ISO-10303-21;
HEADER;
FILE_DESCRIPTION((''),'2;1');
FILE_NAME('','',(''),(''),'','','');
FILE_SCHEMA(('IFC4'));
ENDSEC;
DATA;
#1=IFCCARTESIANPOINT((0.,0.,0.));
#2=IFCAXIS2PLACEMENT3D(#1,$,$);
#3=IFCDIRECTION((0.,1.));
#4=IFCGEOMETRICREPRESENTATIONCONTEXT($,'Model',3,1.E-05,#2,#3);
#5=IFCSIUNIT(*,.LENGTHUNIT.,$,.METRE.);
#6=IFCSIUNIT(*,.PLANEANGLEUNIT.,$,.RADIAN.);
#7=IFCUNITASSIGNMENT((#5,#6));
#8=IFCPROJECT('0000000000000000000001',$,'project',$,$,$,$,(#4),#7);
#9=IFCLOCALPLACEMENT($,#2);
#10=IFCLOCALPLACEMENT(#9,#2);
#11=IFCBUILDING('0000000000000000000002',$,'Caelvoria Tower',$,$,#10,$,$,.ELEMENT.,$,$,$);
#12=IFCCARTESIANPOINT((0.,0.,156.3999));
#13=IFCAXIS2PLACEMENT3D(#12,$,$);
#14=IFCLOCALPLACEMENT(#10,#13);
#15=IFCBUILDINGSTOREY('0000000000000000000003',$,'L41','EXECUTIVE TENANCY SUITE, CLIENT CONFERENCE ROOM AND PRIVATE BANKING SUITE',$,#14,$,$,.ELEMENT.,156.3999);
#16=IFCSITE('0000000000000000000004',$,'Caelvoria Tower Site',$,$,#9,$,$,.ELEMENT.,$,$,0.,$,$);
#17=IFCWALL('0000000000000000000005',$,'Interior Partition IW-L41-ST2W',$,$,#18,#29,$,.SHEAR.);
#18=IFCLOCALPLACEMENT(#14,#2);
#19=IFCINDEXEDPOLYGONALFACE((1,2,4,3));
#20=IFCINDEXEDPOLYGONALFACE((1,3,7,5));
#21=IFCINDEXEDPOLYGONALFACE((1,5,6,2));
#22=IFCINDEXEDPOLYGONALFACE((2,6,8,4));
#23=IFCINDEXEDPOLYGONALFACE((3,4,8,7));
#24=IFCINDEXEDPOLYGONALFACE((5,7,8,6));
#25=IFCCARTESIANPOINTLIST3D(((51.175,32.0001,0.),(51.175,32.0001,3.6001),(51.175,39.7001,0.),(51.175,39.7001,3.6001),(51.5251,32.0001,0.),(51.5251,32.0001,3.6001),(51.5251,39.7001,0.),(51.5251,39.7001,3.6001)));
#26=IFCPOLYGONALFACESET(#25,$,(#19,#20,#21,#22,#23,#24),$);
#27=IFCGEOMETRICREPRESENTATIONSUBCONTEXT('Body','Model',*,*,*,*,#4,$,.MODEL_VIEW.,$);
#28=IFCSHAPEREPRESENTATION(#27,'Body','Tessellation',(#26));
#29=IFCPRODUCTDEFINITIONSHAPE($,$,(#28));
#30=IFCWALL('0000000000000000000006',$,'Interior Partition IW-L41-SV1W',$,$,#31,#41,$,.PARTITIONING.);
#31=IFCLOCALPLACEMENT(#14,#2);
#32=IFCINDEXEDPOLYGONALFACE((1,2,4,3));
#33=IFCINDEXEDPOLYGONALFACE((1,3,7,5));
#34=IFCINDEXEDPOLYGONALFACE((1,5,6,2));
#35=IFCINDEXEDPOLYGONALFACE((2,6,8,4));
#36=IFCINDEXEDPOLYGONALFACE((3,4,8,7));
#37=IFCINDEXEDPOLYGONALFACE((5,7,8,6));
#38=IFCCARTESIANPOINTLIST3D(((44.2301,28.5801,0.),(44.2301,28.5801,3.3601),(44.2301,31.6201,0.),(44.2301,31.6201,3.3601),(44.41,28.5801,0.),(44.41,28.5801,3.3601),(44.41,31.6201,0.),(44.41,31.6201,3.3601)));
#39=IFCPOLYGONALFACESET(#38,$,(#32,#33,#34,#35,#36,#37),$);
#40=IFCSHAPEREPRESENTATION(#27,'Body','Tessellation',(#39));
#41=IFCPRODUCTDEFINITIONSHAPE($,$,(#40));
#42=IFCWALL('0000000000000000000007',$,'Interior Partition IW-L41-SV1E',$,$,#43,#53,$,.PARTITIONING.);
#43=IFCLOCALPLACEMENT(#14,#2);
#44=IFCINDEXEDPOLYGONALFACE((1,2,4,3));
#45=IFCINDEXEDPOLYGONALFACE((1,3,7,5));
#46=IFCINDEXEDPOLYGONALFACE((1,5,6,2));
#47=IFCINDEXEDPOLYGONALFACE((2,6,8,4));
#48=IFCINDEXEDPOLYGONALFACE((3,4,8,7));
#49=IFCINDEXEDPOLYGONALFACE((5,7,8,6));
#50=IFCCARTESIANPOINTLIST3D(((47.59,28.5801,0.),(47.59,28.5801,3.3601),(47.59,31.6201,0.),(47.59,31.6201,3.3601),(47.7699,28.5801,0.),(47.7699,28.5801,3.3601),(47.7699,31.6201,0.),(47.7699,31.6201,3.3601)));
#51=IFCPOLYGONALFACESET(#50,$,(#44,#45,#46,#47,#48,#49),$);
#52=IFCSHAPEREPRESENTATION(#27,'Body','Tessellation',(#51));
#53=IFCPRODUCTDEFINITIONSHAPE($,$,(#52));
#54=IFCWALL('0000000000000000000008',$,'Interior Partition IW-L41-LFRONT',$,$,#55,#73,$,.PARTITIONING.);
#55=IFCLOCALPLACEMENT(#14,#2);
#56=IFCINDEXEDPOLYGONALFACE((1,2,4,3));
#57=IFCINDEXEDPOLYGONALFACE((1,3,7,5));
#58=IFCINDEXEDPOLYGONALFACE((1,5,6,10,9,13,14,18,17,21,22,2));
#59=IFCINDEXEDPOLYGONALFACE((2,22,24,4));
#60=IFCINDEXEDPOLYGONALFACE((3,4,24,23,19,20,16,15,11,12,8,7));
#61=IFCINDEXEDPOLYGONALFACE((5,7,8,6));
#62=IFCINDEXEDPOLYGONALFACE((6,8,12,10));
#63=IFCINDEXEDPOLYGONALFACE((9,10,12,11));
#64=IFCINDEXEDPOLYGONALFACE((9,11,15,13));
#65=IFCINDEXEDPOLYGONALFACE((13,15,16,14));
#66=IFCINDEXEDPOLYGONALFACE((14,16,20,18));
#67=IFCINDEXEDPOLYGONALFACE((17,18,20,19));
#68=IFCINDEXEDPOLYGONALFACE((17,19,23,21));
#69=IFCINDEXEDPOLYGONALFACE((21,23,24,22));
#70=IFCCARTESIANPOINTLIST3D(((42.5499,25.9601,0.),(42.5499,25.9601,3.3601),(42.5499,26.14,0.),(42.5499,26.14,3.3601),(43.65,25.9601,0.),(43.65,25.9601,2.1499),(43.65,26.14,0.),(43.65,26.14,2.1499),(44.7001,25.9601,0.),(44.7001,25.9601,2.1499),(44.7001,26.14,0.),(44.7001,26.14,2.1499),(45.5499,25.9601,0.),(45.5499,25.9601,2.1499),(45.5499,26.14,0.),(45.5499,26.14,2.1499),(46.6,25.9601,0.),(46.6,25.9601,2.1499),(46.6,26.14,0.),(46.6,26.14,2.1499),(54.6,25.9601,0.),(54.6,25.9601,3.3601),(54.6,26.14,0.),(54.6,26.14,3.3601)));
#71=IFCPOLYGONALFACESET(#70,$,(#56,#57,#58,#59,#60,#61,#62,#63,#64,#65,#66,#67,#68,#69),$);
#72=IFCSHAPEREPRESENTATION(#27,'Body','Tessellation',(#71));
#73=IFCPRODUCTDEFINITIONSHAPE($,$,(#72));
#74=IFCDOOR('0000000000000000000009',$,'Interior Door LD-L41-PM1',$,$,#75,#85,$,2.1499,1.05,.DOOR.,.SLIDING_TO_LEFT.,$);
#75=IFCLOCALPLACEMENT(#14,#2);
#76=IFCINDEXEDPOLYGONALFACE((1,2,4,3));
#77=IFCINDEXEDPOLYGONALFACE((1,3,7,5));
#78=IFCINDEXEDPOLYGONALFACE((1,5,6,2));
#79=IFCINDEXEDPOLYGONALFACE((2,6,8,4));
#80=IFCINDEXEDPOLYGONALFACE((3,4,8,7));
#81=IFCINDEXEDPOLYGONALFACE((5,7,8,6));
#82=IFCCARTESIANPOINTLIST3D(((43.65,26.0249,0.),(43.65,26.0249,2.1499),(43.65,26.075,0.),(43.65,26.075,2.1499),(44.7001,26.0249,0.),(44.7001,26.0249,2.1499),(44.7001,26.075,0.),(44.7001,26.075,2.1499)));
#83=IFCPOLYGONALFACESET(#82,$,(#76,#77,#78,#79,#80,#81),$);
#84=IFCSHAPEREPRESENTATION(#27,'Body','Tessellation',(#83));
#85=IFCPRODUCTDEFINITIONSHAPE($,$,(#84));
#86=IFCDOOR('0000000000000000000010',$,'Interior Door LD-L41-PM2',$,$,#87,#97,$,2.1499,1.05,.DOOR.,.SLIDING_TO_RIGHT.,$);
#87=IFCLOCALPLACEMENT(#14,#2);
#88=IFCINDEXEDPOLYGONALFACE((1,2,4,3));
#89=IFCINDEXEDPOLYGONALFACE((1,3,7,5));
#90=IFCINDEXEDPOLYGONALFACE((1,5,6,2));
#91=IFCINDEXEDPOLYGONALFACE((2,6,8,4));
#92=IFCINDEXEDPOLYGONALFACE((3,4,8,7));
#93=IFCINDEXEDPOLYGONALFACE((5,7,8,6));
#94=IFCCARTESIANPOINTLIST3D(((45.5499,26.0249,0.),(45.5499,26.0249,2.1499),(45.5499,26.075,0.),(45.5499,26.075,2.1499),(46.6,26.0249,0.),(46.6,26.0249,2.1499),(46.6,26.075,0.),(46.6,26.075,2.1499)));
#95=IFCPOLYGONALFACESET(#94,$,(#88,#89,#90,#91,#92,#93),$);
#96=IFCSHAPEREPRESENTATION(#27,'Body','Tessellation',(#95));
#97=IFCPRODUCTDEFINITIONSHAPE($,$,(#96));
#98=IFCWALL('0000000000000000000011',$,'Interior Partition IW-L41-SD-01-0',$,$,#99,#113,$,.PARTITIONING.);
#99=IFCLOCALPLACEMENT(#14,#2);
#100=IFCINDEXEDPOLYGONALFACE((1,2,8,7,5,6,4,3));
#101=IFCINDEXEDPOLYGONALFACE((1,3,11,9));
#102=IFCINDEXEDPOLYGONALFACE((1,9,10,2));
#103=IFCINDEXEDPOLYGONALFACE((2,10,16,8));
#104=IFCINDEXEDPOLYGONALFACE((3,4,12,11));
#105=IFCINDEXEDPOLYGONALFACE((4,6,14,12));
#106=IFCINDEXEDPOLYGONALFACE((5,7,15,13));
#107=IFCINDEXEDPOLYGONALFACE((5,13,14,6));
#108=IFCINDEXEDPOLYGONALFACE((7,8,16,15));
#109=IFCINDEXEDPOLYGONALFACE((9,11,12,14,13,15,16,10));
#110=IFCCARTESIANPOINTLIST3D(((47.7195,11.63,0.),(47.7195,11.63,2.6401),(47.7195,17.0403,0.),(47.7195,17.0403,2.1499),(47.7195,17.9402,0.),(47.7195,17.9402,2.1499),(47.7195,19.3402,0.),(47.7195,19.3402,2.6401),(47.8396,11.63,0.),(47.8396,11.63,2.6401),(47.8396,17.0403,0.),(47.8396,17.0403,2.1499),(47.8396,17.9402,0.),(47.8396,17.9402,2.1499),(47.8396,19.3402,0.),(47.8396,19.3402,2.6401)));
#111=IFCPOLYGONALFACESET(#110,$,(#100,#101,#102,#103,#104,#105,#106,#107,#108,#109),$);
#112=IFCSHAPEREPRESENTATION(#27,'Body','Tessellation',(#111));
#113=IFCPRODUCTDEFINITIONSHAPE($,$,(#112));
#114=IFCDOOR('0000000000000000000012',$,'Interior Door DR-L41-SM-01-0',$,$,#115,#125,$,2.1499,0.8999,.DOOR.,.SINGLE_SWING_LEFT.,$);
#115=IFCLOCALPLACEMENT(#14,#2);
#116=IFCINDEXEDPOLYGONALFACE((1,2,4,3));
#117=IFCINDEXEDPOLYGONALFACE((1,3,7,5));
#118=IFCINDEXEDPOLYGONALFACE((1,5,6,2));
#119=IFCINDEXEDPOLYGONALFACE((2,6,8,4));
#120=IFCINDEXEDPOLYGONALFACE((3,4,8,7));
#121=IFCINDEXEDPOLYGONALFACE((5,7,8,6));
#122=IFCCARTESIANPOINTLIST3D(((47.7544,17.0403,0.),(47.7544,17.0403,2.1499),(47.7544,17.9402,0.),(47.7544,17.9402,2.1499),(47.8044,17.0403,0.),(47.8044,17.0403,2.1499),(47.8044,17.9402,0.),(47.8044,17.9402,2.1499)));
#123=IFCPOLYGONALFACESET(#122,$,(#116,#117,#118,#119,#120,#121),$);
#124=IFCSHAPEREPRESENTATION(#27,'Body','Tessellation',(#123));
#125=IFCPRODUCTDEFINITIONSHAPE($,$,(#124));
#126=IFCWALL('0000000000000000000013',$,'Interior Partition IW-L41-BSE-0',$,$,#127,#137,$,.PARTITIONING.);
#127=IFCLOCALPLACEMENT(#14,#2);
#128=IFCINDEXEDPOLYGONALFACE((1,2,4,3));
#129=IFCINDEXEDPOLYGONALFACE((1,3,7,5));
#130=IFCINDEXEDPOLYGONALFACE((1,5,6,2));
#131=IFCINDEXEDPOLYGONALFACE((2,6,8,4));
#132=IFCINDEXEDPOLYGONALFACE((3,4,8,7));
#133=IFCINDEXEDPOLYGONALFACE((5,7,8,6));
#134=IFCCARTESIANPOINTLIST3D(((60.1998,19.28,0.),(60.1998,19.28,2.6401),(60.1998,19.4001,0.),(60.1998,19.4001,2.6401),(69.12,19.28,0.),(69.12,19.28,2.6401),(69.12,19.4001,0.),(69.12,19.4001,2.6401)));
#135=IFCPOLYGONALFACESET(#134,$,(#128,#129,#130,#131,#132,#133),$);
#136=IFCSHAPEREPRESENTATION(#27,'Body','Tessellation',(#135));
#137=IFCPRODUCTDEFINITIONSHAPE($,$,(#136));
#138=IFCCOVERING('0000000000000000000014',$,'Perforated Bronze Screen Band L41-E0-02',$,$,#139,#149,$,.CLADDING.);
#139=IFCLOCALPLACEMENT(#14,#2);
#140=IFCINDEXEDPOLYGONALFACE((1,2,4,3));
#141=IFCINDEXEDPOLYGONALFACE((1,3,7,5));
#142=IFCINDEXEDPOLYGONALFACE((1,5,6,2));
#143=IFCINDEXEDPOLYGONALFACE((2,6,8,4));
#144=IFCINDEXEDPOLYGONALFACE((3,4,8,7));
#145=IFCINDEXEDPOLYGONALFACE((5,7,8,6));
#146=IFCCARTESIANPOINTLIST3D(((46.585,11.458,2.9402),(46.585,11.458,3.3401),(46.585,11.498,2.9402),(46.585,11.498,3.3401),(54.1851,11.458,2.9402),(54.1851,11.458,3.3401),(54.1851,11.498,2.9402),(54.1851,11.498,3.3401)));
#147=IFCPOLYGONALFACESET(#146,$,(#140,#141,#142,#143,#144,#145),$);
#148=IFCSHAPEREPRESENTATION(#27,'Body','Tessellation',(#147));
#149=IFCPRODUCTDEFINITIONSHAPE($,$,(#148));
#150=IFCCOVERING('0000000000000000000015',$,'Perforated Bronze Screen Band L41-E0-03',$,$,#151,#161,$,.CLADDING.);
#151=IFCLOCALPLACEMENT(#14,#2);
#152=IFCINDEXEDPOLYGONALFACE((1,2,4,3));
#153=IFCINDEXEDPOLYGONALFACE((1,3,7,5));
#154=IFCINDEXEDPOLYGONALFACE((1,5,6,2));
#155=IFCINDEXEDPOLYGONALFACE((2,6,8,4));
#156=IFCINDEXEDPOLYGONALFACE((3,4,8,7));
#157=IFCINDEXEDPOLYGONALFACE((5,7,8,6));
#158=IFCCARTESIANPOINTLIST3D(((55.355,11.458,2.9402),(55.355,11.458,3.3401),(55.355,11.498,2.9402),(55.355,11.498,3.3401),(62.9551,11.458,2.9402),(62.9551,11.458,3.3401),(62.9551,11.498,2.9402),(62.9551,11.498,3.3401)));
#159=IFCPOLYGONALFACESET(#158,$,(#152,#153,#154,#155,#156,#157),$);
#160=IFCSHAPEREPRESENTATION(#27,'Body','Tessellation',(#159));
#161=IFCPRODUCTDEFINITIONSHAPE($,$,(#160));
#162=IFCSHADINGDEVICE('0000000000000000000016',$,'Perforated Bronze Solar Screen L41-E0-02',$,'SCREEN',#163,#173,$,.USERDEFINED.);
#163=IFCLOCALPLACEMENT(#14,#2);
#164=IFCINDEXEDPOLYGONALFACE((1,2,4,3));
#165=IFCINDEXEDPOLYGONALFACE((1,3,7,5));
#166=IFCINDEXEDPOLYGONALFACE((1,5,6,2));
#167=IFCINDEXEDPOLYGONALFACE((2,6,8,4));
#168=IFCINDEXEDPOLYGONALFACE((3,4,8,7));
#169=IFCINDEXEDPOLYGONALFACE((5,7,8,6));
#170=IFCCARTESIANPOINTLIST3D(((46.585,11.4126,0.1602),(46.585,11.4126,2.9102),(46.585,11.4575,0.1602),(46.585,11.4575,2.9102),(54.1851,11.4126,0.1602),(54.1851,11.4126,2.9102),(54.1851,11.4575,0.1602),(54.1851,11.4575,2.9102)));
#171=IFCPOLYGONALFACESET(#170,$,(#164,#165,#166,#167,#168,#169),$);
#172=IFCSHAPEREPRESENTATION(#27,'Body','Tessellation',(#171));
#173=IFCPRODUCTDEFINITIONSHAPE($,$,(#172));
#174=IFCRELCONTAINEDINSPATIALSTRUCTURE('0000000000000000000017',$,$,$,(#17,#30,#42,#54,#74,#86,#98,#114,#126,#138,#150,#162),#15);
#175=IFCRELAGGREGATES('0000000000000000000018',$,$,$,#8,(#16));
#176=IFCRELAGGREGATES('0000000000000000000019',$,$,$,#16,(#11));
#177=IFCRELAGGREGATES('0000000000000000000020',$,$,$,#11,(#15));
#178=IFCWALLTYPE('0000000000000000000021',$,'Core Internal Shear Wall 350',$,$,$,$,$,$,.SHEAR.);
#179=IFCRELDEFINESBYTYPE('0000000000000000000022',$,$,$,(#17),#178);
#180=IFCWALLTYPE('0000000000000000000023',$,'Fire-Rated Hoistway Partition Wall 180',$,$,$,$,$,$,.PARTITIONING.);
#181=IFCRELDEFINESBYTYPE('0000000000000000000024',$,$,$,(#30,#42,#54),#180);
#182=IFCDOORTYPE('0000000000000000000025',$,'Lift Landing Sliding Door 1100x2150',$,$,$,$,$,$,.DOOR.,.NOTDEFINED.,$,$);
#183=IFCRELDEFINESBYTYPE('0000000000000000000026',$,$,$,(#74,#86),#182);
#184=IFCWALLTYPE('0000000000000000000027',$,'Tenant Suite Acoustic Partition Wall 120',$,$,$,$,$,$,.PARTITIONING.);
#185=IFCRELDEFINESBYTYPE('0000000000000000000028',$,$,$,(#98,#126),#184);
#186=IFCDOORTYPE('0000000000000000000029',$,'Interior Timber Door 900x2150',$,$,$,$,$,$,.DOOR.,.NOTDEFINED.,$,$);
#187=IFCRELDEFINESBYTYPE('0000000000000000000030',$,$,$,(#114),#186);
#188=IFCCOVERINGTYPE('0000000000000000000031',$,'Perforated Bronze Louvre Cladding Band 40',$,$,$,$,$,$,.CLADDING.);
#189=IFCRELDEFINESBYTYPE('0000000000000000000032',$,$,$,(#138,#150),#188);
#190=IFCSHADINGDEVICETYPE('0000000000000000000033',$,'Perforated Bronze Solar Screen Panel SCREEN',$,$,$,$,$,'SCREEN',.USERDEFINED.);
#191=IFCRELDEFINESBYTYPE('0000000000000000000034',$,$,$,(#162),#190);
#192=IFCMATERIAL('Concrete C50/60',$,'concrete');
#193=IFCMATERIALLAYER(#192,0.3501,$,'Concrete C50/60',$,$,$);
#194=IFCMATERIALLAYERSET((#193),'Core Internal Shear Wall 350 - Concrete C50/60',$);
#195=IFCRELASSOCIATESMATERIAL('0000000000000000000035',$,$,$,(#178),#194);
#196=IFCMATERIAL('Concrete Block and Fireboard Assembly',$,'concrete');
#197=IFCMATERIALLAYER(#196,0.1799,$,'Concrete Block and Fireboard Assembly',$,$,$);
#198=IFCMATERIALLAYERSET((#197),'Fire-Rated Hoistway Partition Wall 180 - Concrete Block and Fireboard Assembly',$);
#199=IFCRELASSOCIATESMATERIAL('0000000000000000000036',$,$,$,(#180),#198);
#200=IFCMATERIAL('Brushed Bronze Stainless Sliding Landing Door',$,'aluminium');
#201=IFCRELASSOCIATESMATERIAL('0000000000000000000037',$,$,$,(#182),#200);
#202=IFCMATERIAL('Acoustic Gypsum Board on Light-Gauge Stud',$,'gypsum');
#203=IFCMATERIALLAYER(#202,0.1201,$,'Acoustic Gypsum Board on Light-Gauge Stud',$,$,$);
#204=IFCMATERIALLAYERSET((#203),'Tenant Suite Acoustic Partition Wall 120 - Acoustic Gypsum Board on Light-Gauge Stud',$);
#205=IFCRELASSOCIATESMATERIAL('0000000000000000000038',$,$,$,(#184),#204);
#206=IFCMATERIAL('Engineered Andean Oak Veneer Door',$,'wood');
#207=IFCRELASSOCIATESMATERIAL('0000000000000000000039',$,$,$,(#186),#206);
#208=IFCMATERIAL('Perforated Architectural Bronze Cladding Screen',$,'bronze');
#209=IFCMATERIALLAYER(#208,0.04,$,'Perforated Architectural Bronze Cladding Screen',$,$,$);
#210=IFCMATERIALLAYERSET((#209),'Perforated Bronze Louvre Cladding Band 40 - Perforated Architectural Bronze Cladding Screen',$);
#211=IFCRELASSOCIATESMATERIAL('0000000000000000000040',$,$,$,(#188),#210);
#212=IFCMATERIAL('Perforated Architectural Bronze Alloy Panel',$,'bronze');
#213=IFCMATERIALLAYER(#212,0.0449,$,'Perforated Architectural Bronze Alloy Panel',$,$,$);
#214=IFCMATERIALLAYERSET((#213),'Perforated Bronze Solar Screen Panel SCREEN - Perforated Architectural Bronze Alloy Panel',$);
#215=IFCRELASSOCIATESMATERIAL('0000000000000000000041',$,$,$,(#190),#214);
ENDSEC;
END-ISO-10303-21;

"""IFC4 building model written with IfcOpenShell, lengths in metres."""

from ifc_helpers import new_model, si_unit, direction, frame, frame_2d, origin, origin_2d, place, context, subcontext, project, spatial, rectangle, extrude, material, layer, layer_set, type_object, element, fill, save


model = new_model("IFC4")

# Units and contexts
model_context = context("Model", 3, precision=1e-05, world=origin(), true_north=direction((0.0, 1.0)))
body_context = subcontext(model_context, "Body", "Model", "MODEL_VIEW")
ifc_project = project(units=[si_unit("LENGTHUNIT", "METRE"), si_unit("PLANEANGLEUNIT", "RADIAN")], contexts=[model_context])

# Site, building, storey
site_placement = place(None, origin())
site = spatial("IfcSite", under=ifc_project, at=site_placement, Name="Caelvoria Tower Site", CompositionType="ELEMENT", RefElevation=0.0)
building_placement = place(site_placement, origin())
building = spatial("IfcBuilding", under=site, at=building_placement, Name="Caelvoria Tower", CompositionType="ELEMENT")
storey_placement = place(building_placement, frame((0.0, 0.0, 156.3999)))
storey = spatial("IfcBuildingStorey", under=building, at=storey_placement, Name="L41", Description="EXECUTIVE TENANCY SUITE, CLIENT CONFERENCE ROOM AND PRIVATE BANKING SUITE", CompositionType="ELEMENT", Elevation=156.3999)

# Walls
ifc_material_1 = material(Name="Concrete C50/60", Category="concrete")
ifc_layer_1 = layer(ifc_material_1, 0.3501, Name="Concrete C50/60")
ifc_layer_set_1 = layer_set([ifc_layer_1], Name="Core Internal Shear Wall 350 - Concrete C50/60")
wall_type_1 = type_object("IfcWallType", Name="Core Internal Shear Wall 350", PredefinedType="SHEAR", material=ifc_layer_set_1)
wall_1_placement = place(storey_placement, frame((51.3501, 32.0, 0.0), z_axis=(0.0, 0.0, 1.0), x_axis=(0.0, 1.0, 0.0)))
element("IfcWall", 1, at=wall_1_placement, inside=storey, type_object=wall_type_1, Name="Interior Partition IW-L41-ST2W", PredefinedType="SHEAR", context=body_context, shape_type="SweptSolid", body=[
    extrude(rectangle(XDim=7.7, YDim=0.3501, at=frame_2d((3.8501, 0.0))), origin(), (0.0, 0.0, 1.0), 3.6001),
])
ifc_material_2 = material(Name="Concrete Block and Fireboard Assembly", Category="concrete")
ifc_layer_2 = layer(ifc_material_2, 0.1799, Name="Concrete Block and Fireboard Assembly")
ifc_layer_set_2 = layer_set([ifc_layer_2], Name="Fire-Rated Hoistway Partition Wall 180 - Concrete Block and Fireboard Assembly")
wall_type_2 = type_object("IfcWallType", Name="Fire-Rated Hoistway Partition Wall 180", PredefinedType="PARTITIONING", material=ifc_layer_set_2)
for number, where, z_axis, x_axis, name in (
    (2, (44.3201, 28.5801, 0.0), (0.0, 0.0, 1.0), (0.0, 1.0, 0.0), "Interior Partition IW-L41-SV1W"),
    (3, (47.6799, 28.5801, 0.0), (0.0, 0.0, 1.0), (0.0, 1.0, 0.0), "Interior Partition IW-L41-SV1E"),
):
    element("IfcWall", number, at=place(storey_placement, frame(where, z_axis=z_axis, x_axis=x_axis)), inside=storey, type_object=wall_type_2, Name=name, PredefinedType="PARTITIONING", context=body_context, shape_type="SweptSolid", body=[
        extrude(rectangle(XDim=3.04, YDim=0.1799, at=frame_2d((1.52, 0.0))), origin(), (0.0, 0.0, 1.0), 3.3601),
    ])

# Wall, openings, doors
wall_2_placement = place(storey_placement, frame((42.55, 26.05, 0.0), z_axis=(0.0, 0.0, 1.0), x_axis=(1.0, 0.0, 0.0)))
wall_2 = element("IfcWall", 4, at=wall_2_placement, inside=storey, type_object=wall_type_2, Name="Interior Partition IW-L41-LFRONT", PredefinedType="PARTITIONING", context=body_context, shape_type="SweptSolid", body=[
    extrude(rectangle(XDim=12.05, YDim=0.1799, at=frame_2d((6.0249, 0.0))), origin(), (0.0, 0.0, 1.0), 3.3601),
])
opening_1_placement = place(wall_2_placement, frame((1.1001, 0.0, 0.0)))
opening_1 = element("IfcOpeningElement", 5, at=opening_1_placement, cuts=wall_2, PredefinedType="OPENING", context=body_context, shape_type="SweptSolid", body=[
    extrude(rectangle(XDim=1.05, YDim=2.1499, at=frame_2d((0.5249, 1.075))), frame((0.0, 0.0999, 0.0), z_axis=(0.0, -1.0, 0.0), x_axis=(1.0, 0.0, 0.0)), (0.0, 0.0, 1.0), 0.2),
])
opening_2_placement = place(wall_2_placement, frame((3.0, 0.0, 0.0)))
opening_2 = element("IfcOpeningElement", 6, at=opening_2_placement, cuts=wall_2, PredefinedType="OPENING", context=body_context, shape_type="SweptSolid", body=[
    extrude(rectangle(XDim=1.05, YDim=2.1499, at=frame_2d((0.5249, 1.075))), frame((0.0, 0.0999, 0.0), z_axis=(0.0, -1.0, 0.0), x_axis=(1.0, 0.0, 0.0)), (0.0, 0.0, 1.0), 0.2),
])
ifc_material_3 = material(Name="Brushed Bronze Stainless Sliding Landing Door", Category="aluminium")
door_type_1 = type_object("IfcDoorType", Name="Lift Landing Sliding Door 1100x2150", OperationType="NOTDEFINED", PredefinedType="DOOR", material=ifc_material_3)
door_1_placement = place(opening_1_placement, origin())
door_1 = element("IfcDoor", 7, at=door_1_placement, inside=storey, type_object=door_type_1, Name="Interior Door LD-L41-PM1", OperationType="SLIDING_TO_LEFT", OverallHeight=2.1499, OverallWidth=1.05, PredefinedType="DOOR", context=body_context, shape_type="SweptSolid", body=[
    extrude(rectangle(XDim=1.05, YDim=2.1499, at=frame_2d((0.5249, 1.075))), frame((0.0, 0.0249, 0.0), z_axis=(0.0, -1.0, 0.0), x_axis=(1.0, 0.0, 0.0)), (0.0, 0.0, 1.0), 0.05),
])
fill(opening_1, door_1)
door_2_placement = place(opening_2_placement, origin())
door_2 = element("IfcDoor", 8, at=door_2_placement, inside=storey, type_object=door_type_1, Name="Interior Door LD-L41-PM2", OperationType="SLIDING_TO_RIGHT", OverallHeight=2.1499, OverallWidth=1.05, PredefinedType="DOOR", context=body_context, shape_type="SweptSolid", body=[
    extrude(rectangle(XDim=1.05, YDim=2.1499, at=frame_2d((0.5249, 1.075))), frame((0.0, 0.0249, 0.0), z_axis=(0.0, -1.0, 0.0), x_axis=(1.0, 0.0, 0.0)), (0.0, 0.0, 1.0), 0.05),
])
fill(opening_2, door_2)

# Wall, opening, door
ifc_material_4 = material(Name="Acoustic Gypsum Board on Light-Gauge Stud", Category="gypsum")
ifc_layer_3 = layer(ifc_material_4, 0.1201, Name="Acoustic Gypsum Board on Light-Gauge Stud")
ifc_layer_set_3 = layer_set([ifc_layer_3], Name="Tenant Suite Acoustic Partition Wall 120 - Acoustic Gypsum Board on Light-Gauge Stud")
wall_type_3 = type_object("IfcWallType", Name="Tenant Suite Acoustic Partition Wall 120", PredefinedType="PARTITIONING", material=ifc_layer_set_3)
wall_3_placement = place(storey_placement, frame((47.7795, 19.3401, 0.0), z_axis=(0.0, 0.0, 1.0), x_axis=(0.0, -1.0, 0.0)))
wall_3 = element("IfcWall", 9, at=wall_3_placement, inside=storey, type_object=wall_type_3, Name="Interior Partition IW-L41-SD-01-0", PredefinedType="PARTITIONING", context=body_context, shape_type="SweptSolid", body=[
    extrude(rectangle(XDim=7.7102, YDim=0.1201, at=frame_2d((3.855, 0.0))), origin(), (0.0, 0.0, 1.0), 2.6401),
])
opening_3_placement = place(wall_3_placement, frame((1.3999, 0.0, 0.0)))
opening_3 = element("IfcOpeningElement", 10, at=opening_3_placement, cuts=wall_3, PredefinedType="OPENING", context=body_context, shape_type="SweptSolid", body=[
    extrude(rectangle(XDim=0.8999, YDim=2.1499, at=frame_2d((0.45, 1.075))), frame((0.0, 0.0701, 0.0), z_axis=(0.0, -1.0, 0.0), x_axis=(1.0, 0.0, 0.0)), (0.0, 0.0, 1.0), 0.1401),
])
ifc_material_5 = material(Name="Engineered Andean Oak Veneer Door", Category="wood")
door_type_2 = type_object("IfcDoorType", Name="Interior Timber Door 900x2150", OperationType="NOTDEFINED", PredefinedType="DOOR", material=ifc_material_5)
door_3_placement = place(opening_3_placement, origin())
door_3 = element("IfcDoor", 11, at=door_3_placement, inside=storey, type_object=door_type_2, Name="Interior Door DR-L41-SM-01-0", OperationType="SINGLE_SWING_LEFT", OverallHeight=2.1499, OverallWidth=0.8999, PredefinedType="DOOR", context=body_context, shape_type="SweptSolid", body=[
    extrude(rectangle(XDim=0.8999, YDim=2.1499, at=frame_2d((0.45, 1.075))), frame((0.0, 0.0249, 0.0), z_axis=(0.0, -1.0, 0.0), x_axis=(1.0, 0.0, 0.0)), (0.0, 0.0, 1.0), 0.05),
])
fill(opening_3, door_3)

# Wall
wall_4_placement = place(storey_placement, frame((60.2, 19.3401, 0.0), z_axis=(0.0, 0.0, 1.0), x_axis=(1.0, 0.0, 0.0)))
element("IfcWall", 12, at=wall_4_placement, inside=storey, type_object=wall_type_3, Name="Interior Partition IW-L41-BSE-0", PredefinedType="PARTITIONING", context=body_context, shape_type="SweptSolid", body=[
    extrude(rectangle(XDim=8.9202, YDim=0.1201, at=frame_2d((4.46, 0.0))), origin(), (0.0, 0.0, 1.0), 2.6401),
])

# Coverings
ifc_material_6 = material(Name="Perforated Architectural Bronze Cladding Screen", Category="bronze")
ifc_layer_4 = layer(ifc_material_6, 0.04, Name="Perforated Architectural Bronze Cladding Screen")
ifc_layer_set_4 = layer_set([ifc_layer_4], Name="Perforated Bronze Louvre Cladding Band 40 - Perforated Architectural Bronze Cladding Screen")
covering_type = type_object("IfcCoveringType", Name="Perforated Bronze Louvre Cladding Band 40", PredefinedType="CLADDING", material=ifc_layer_set_4)
for number, where, z_axis, x_axis, name in (
    (13, (50.385, 11.478, 2.9402), (0.0, 0.0, 1.0), (1.0, 0.0, 0.0), "Perforated Bronze Screen Band L41-E0-02"),
    (14, (59.155, 11.478, 2.9402), (0.0, 0.0, 1.0), (1.0, 0.0, 0.0), "Perforated Bronze Screen Band L41-E0-03"),
):
    element("IfcCovering", number, at=place(storey_placement, frame(where, z_axis=z_axis, x_axis=x_axis)), inside=storey, type_object=covering_type, Name=name, PredefinedType="CLADDING", context=body_context, shape_type="SweptSolid", body=[
        extrude(rectangle(XDim=7.6001, YDim=0.04, at=origin_2d()), origin(), (0.0, 0.0, 1.0), 0.3999),
    ])

# Shading device
ifc_material_7 = material(Name="Perforated Architectural Bronze Alloy Panel", Category="bronze")
ifc_layer_5 = layer(ifc_material_7, 0.0449, Name="Perforated Architectural Bronze Alloy Panel")
ifc_layer_set_5 = layer_set([ifc_layer_5], Name="Perforated Bronze Solar Screen Panel SCREEN - Perforated Architectural Bronze Alloy Panel")
shading_device_type = type_object("IfcShadingDeviceType", Name="Perforated Bronze Solar Screen Panel SCREEN", ElementType="SCREEN", PredefinedType="USERDEFINED", material=ifc_layer_set_5)
for number, where, z_axis, x_axis, name in (
    (15, (50.385, 11.4351, 0.1602), (0.0, 0.0, 1.0), (1.0, 0.0, 0.0), "Perforated Bronze Solar Screen L41-E0-02"),
):
    element("IfcShadingDevice", number, at=place(storey_placement, frame(where, z_axis=z_axis, x_axis=x_axis)), inside=storey, type_object=shading_device_type, Name=name, ObjectType="SCREEN", PredefinedType="USERDEFINED", context=body_context, shape_type="SweptSolid", body=[
        extrude(rectangle(XDim=7.6001, YDim=0.0449, at=origin_2d()), origin(), (0.0, 0.0, 1.0), 2.75),
    ])

save(model, "model.ifc")
